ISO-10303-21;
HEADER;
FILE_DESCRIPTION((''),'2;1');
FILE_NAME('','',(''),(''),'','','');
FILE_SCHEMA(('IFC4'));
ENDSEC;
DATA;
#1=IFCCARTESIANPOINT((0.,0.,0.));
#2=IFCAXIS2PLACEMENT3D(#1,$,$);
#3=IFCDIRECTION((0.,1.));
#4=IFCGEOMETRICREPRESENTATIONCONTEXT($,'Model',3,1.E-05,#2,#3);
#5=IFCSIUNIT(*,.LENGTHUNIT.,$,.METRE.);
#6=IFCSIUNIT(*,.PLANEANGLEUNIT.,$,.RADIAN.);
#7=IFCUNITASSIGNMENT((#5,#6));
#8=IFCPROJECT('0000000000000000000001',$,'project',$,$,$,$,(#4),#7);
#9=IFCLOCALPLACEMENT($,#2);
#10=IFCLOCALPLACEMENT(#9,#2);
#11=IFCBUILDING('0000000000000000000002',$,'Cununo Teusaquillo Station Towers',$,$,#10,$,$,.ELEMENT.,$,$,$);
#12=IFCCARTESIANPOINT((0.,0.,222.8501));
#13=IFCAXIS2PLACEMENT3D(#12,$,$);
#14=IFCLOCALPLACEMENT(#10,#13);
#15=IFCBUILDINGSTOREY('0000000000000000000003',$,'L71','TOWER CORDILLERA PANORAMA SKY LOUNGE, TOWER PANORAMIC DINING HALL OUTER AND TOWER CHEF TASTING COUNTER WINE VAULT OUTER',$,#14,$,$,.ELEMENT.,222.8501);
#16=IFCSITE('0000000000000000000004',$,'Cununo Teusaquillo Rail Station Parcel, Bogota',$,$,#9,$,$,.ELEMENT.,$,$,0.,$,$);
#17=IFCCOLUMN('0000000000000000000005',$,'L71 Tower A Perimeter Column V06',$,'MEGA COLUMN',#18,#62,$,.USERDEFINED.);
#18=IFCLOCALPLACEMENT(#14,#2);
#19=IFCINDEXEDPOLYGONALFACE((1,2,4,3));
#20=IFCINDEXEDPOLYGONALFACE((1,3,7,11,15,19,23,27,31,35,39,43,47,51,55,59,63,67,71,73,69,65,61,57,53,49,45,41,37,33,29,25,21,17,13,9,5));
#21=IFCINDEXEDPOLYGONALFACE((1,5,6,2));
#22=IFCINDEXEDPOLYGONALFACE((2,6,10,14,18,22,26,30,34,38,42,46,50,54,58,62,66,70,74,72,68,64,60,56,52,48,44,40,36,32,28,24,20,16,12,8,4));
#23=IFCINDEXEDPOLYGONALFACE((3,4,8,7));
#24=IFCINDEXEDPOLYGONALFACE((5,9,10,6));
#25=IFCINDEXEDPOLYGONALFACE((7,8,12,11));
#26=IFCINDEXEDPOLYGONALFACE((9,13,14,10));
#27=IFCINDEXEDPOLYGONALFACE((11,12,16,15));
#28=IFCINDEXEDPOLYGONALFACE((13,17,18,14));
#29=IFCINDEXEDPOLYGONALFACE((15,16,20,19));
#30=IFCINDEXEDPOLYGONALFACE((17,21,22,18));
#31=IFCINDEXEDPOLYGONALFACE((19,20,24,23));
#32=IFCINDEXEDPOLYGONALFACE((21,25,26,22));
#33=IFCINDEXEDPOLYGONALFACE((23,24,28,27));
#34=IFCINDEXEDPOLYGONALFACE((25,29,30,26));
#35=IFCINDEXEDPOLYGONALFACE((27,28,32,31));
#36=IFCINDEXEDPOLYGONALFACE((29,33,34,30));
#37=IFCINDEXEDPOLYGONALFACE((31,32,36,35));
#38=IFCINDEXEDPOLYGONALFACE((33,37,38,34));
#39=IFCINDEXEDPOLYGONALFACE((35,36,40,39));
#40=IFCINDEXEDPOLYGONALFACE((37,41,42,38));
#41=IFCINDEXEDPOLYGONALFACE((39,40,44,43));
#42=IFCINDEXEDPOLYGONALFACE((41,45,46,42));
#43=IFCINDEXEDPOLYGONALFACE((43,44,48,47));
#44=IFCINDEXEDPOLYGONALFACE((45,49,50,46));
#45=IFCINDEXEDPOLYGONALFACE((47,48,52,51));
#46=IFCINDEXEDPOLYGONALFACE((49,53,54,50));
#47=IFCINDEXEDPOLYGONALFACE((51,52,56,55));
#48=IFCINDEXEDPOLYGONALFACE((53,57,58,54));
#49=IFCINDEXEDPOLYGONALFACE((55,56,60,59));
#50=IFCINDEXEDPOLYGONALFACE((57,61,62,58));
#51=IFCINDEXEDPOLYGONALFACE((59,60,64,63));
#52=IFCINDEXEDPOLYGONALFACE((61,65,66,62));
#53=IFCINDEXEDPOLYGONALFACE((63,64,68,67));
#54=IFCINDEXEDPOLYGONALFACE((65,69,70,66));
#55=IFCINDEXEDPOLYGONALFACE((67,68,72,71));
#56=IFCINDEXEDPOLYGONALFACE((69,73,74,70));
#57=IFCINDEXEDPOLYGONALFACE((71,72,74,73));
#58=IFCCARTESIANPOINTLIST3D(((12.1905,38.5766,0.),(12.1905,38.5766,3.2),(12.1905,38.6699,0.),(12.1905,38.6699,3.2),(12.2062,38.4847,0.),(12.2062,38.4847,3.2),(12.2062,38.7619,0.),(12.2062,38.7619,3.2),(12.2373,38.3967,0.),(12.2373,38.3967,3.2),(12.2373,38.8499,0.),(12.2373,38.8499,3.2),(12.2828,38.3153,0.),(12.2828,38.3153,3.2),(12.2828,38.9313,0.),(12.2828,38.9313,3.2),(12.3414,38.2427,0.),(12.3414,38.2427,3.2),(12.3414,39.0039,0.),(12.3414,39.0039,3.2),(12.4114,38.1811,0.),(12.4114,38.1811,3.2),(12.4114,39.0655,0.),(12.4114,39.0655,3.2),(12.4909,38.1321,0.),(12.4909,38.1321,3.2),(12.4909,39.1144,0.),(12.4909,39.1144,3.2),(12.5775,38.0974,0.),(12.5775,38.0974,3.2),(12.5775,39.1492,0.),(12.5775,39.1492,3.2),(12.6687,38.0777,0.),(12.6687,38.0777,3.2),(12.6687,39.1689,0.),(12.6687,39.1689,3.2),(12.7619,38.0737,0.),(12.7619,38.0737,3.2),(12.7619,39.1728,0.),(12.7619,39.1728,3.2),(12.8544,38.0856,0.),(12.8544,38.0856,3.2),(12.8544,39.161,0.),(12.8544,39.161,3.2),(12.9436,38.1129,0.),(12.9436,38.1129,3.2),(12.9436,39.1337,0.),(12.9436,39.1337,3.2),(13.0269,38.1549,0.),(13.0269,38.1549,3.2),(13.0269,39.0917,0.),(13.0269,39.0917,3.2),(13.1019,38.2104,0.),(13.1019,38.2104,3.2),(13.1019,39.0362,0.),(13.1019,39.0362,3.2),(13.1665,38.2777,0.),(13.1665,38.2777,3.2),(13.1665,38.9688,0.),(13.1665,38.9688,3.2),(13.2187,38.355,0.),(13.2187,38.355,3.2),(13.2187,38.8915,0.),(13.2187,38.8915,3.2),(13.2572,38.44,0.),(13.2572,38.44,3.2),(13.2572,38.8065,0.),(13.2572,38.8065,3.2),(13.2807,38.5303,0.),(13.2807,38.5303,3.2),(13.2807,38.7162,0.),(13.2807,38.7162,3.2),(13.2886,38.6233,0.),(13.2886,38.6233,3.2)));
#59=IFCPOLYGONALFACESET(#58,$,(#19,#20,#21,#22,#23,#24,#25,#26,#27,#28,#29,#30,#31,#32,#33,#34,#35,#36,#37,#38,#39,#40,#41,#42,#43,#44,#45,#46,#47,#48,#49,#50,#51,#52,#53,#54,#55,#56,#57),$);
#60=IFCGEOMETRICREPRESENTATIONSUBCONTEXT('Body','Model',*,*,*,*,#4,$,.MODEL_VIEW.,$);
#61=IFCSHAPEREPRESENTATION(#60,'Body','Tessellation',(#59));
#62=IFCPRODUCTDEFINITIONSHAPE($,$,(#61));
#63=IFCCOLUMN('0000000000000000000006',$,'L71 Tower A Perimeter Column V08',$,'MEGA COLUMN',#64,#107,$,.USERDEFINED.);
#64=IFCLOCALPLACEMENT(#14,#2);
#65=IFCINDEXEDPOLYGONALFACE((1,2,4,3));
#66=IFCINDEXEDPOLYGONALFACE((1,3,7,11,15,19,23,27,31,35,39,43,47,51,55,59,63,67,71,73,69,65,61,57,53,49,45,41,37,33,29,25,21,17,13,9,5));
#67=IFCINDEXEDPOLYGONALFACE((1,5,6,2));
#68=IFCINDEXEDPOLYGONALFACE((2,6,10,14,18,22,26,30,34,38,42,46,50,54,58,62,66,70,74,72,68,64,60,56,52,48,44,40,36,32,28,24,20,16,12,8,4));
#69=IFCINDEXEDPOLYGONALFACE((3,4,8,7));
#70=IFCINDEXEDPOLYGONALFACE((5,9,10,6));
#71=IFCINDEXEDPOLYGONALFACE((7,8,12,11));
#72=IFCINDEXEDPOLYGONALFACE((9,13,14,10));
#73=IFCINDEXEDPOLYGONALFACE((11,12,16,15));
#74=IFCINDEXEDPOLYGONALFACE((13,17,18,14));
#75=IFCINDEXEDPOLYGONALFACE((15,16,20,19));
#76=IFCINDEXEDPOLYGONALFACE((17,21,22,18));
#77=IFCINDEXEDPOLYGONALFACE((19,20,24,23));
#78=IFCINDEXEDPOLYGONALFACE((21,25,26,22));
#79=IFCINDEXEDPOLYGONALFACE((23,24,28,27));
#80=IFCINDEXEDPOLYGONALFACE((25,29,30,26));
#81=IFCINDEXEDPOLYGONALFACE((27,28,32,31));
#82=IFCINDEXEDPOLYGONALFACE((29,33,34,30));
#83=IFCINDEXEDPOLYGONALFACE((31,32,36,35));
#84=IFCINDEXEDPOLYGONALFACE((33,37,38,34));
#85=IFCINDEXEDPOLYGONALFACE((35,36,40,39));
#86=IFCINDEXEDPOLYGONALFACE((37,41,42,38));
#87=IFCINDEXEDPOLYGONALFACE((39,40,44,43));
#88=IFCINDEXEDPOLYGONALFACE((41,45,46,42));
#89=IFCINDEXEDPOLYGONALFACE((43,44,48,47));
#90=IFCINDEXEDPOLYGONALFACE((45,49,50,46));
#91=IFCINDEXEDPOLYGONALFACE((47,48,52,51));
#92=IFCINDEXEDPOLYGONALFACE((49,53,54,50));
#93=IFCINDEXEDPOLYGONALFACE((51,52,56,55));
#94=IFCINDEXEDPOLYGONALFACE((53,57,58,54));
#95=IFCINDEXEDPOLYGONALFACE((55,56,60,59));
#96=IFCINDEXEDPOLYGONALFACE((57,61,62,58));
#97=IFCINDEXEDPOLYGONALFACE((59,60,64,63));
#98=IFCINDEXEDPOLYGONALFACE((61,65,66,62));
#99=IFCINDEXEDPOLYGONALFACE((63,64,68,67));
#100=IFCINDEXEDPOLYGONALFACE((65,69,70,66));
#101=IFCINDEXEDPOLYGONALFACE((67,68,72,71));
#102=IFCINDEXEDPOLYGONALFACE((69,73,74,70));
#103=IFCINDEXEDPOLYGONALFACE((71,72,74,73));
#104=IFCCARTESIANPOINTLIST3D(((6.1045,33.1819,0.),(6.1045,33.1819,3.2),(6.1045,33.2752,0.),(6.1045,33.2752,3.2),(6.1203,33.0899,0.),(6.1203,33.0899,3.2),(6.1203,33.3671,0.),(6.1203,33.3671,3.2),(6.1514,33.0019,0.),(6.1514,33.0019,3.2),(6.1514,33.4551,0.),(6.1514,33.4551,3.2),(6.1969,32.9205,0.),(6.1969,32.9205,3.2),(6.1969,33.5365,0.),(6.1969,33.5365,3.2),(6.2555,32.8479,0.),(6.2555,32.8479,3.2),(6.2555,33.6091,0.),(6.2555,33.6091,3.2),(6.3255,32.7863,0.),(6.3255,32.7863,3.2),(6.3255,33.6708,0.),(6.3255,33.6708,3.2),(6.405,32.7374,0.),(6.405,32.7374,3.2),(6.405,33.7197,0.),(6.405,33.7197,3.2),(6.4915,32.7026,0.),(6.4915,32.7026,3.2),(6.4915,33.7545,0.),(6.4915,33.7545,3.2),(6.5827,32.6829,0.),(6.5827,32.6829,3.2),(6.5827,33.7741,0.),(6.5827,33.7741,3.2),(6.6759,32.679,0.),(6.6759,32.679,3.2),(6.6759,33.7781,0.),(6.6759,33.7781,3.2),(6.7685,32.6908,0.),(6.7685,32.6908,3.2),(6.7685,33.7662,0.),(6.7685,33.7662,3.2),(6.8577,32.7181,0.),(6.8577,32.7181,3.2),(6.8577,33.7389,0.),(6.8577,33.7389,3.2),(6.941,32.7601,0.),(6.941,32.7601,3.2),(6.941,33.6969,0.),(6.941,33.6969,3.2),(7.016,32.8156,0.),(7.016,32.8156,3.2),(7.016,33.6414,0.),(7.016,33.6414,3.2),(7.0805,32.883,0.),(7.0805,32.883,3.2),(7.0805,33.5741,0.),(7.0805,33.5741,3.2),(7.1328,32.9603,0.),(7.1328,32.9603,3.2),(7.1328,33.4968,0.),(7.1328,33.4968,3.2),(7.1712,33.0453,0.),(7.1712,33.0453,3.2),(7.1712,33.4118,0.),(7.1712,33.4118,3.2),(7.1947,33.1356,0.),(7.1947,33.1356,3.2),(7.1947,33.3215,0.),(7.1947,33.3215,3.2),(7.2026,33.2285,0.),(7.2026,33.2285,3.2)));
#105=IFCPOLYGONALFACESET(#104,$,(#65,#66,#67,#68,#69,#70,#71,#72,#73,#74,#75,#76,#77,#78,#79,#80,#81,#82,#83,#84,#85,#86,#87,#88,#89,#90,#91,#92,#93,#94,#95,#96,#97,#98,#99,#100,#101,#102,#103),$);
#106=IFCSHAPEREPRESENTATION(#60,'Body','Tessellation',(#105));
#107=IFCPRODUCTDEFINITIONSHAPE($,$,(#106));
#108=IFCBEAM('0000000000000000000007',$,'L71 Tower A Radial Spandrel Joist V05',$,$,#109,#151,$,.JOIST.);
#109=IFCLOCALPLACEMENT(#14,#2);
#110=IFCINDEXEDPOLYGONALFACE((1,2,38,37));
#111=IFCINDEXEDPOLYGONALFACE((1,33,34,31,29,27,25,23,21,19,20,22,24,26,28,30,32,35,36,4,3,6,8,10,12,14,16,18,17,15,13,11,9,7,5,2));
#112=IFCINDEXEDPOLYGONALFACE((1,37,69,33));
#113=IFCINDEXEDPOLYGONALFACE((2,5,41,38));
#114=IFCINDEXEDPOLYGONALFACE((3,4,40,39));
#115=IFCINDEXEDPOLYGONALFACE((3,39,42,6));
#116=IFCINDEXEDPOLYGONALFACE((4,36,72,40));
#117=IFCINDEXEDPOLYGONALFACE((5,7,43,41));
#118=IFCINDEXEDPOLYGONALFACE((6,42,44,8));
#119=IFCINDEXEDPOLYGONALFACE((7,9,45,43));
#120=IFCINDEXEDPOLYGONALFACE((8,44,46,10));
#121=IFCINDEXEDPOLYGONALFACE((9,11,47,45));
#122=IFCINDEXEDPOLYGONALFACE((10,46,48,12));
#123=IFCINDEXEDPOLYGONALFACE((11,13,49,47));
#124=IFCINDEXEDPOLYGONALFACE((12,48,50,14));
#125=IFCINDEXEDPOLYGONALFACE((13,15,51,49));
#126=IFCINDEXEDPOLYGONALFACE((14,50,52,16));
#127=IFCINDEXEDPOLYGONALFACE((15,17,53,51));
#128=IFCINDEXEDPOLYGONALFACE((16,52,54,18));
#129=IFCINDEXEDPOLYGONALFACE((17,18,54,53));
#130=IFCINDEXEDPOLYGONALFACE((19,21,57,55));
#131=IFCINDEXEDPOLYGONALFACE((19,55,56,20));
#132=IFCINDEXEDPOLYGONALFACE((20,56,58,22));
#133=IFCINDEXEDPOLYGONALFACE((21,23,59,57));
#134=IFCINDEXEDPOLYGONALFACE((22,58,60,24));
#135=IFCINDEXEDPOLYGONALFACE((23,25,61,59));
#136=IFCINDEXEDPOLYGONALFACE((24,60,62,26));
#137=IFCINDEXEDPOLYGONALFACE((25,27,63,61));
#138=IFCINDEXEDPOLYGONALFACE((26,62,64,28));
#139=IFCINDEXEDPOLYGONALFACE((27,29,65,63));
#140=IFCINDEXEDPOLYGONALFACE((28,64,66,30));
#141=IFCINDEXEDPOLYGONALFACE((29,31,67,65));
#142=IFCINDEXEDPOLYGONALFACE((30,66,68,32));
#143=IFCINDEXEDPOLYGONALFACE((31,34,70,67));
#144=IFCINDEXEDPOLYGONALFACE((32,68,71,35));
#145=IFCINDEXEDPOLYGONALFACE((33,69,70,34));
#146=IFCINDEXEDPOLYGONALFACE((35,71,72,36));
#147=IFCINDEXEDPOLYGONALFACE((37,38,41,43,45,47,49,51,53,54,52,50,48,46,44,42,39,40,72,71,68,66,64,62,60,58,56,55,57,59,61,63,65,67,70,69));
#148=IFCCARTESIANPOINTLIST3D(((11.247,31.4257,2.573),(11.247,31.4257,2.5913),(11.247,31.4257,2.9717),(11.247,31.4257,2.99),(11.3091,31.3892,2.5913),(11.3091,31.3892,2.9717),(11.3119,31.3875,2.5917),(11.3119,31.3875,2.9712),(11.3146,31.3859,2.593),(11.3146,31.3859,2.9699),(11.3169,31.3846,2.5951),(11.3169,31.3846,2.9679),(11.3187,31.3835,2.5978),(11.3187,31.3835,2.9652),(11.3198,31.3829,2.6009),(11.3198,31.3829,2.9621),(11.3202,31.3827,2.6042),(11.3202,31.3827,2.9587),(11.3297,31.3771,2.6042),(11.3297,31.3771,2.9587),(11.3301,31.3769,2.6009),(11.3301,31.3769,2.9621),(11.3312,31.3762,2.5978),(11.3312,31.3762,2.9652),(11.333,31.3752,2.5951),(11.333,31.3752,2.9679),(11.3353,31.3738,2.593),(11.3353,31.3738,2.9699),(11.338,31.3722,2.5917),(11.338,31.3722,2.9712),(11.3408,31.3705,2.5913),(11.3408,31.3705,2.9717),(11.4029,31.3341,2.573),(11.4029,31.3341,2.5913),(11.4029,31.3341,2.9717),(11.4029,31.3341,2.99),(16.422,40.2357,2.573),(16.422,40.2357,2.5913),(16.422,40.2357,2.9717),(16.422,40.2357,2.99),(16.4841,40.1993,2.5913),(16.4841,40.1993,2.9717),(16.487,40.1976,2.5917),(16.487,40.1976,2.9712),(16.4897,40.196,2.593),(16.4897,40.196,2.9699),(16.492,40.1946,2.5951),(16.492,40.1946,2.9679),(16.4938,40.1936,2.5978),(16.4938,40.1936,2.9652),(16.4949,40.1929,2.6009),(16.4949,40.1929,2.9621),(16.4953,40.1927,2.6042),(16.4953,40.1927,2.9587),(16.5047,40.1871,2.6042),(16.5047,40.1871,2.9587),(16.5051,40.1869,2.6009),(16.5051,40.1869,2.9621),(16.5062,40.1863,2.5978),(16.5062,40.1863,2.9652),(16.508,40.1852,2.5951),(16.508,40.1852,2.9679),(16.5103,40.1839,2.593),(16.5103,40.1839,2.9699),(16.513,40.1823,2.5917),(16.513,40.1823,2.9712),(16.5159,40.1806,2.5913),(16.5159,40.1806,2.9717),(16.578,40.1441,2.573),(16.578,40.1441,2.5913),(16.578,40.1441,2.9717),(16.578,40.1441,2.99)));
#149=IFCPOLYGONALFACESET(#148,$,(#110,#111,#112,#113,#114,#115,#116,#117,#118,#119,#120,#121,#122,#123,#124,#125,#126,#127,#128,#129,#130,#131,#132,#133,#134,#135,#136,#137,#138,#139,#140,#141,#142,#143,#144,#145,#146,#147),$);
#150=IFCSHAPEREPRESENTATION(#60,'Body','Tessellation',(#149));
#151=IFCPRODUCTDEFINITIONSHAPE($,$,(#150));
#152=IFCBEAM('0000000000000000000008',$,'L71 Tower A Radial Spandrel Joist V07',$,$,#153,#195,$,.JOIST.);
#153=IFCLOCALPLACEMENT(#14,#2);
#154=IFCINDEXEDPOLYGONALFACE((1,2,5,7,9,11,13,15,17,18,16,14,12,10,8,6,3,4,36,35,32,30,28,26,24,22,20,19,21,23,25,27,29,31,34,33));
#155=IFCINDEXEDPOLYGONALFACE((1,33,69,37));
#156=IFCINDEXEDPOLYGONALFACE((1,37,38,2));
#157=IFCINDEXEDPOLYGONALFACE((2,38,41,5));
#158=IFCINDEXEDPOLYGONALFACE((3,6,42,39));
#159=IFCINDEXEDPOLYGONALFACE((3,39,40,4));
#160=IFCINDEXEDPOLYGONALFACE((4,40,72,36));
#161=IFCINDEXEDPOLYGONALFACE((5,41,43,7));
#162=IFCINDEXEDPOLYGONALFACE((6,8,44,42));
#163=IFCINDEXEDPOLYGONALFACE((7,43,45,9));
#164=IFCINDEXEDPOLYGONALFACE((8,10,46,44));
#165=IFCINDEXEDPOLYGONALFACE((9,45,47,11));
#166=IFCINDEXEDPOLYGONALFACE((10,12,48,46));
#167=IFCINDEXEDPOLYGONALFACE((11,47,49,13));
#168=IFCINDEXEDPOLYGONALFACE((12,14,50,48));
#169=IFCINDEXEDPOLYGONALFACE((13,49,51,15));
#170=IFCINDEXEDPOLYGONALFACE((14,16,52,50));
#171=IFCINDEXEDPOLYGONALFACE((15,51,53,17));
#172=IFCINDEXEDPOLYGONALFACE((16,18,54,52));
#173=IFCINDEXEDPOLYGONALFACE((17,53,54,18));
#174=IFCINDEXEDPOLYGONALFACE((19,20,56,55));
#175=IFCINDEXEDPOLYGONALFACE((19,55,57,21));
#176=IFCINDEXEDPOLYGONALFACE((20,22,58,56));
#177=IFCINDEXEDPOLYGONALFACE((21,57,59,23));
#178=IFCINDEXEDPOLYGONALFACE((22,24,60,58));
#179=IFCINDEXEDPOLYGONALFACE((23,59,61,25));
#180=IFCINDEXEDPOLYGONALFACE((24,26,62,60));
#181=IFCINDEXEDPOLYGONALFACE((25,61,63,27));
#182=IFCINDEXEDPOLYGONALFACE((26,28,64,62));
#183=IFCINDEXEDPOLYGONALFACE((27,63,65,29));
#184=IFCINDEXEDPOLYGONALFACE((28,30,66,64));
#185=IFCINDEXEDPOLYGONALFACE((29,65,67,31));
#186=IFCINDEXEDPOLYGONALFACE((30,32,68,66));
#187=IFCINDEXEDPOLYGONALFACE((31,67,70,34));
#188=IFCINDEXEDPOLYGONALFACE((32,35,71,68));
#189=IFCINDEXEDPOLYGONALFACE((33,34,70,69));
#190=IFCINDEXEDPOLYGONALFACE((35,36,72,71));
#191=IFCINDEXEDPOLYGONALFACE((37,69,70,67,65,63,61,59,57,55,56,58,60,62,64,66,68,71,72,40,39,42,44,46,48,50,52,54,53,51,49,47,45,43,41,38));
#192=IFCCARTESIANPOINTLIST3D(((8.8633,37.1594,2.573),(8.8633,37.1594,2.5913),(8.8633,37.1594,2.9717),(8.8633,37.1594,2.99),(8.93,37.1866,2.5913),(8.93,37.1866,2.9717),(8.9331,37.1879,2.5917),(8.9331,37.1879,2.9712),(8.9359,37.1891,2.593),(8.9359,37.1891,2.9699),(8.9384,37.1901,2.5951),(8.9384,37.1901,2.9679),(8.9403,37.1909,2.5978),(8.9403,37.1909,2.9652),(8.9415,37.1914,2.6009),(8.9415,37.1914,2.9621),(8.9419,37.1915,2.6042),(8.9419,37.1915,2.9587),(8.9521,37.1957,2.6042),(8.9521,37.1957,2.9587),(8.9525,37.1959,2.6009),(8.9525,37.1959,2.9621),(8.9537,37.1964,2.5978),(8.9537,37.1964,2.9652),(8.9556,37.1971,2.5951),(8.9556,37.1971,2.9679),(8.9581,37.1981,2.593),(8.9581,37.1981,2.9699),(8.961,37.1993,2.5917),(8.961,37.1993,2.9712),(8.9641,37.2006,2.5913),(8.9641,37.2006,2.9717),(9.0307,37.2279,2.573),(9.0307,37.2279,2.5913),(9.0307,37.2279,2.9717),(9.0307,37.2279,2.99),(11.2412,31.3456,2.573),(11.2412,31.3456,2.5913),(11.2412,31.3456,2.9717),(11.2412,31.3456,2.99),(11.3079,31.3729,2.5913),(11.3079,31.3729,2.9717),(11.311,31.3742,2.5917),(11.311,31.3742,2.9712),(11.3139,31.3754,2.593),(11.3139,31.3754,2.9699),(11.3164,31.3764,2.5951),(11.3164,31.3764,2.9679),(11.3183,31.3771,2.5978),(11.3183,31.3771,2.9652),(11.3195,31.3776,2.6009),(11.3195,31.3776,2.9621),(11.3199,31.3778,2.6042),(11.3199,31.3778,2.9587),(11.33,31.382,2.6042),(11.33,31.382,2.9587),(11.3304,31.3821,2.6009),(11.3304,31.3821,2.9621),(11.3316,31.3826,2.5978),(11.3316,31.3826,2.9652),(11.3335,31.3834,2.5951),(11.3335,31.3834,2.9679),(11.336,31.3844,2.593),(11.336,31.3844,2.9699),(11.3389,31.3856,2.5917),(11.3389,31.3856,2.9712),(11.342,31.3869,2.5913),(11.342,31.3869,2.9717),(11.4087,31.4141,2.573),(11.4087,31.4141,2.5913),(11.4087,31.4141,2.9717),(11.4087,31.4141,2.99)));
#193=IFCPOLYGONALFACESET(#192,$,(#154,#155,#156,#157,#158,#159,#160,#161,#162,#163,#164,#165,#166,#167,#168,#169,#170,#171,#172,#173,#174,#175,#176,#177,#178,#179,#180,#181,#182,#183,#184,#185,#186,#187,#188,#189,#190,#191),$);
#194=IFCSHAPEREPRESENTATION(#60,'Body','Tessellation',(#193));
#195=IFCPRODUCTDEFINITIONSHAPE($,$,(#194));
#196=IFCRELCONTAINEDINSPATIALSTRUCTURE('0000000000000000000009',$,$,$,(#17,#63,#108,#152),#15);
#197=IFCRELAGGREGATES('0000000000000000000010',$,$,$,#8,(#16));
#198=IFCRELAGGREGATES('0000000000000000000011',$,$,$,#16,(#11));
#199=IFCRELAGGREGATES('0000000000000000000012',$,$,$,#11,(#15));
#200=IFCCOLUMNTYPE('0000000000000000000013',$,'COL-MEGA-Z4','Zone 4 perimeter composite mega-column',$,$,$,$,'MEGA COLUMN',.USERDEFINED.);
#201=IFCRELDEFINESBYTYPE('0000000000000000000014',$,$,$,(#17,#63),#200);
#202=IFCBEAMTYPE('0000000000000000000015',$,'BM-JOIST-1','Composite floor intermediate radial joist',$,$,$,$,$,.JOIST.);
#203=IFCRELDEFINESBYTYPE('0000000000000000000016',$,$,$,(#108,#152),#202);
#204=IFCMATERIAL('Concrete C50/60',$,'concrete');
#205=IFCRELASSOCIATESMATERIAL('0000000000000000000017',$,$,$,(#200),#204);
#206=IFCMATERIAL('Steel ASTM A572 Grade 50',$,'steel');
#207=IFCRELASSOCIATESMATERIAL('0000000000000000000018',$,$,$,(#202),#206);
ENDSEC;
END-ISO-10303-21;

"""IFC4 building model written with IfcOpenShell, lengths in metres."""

from ifc_helpers import new_model, si_unit, direction, frame, origin, origin_2d, place, context, subcontext, project, spatial, circle, i_section, extrude, material, material_profile, profile_set, type_object, element, save


model = new_model("IFC4")

# Units and contexts
model_context = context("Model", 3, precision=1e-05, world=origin(), true_north=direction((0.0, 1.0)))
body_context = subcontext(model_context, "Body", "Model", "MODEL_VIEW")
ifc_project = project(units=[si_unit("LENGTHUNIT", "METRE"), si_unit("PLANEANGLEUNIT", "RADIAN")], contexts=[model_context])

# Site, building, storey
site_placement = place(None, origin())
site = spatial("IfcSite", under=ifc_project, at=site_placement, Name="Cununo Teusaquillo Rail Station Parcel, Bogota", CompositionType="ELEMENT", RefElevation=0.0)
building_placement = place(site_placement, origin())
building = spatial("IfcBuilding", under=site, at=building_placement, Name="Cununo Teusaquillo Station Towers", CompositionType="ELEMENT")
storey_placement = place(building_placement, frame((0.0, 0.0, 222.8501)))
storey = spatial("IfcBuildingStorey", under=building, at=storey_placement, Name="L71", Description="TOWER CORDILLERA PANORAMA SKY LOUNGE, TOWER PANORAMIC DINING HALL OUTER AND TOWER CHEF TASTING COUNTER WINE VAULT OUTER", CompositionType="ELEMENT", Elevation=222.8501)

# Columns
ifc_material_1 = material(Name="Concrete C50/60", Category="concrete")
ifc_material_profile_1 = material_profile(ifc_material_1, circle(Radius=0.55, at=origin_2d()), Name="RC-CIRC-1100")
ifc_profile_set_1 = profile_set([ifc_material_profile_1], Name="Concrete C50/60")
column_type = type_object("IfcColumnType", Name="COL-MEGA-Z4", Description="Zone 4 perimeter composite mega-column", ElementType="MEGA COLUMN", PredefinedType="USERDEFINED", material=ifc_profile_set_1)
for number, where, z_axis, x_axis, name in (
    (1, (12.7385, 38.6233, 0.0), (0.0, 0.0, 1.0), (1.0, 0.0, 0.0), "L71 Tower A Perimeter Column V06"),
    (2, (6.6526, 33.2285, 0.0), (0.0, 0.0, 1.0), (1.0, 0.0, 0.0), "L71 Tower A Perimeter Column V08"),
):
    element("IfcColumn", number, at=place(storey_placement, frame(where, z_axis=z_axis, x_axis=x_axis)), inside=storey, type_object=column_type, Name=name, ObjectType="MEGA COLUMN", PredefinedType="USERDEFINED", context=body_context, shape_type="SweptSolid", body=[
        extrude(circle(Radius=0.55, at=origin_2d()), origin(), (0.0, 0.0, 1.0), 3.2),
    ])

# Beams
ifc_material_2 = material(Name="Steel ASTM A572 Grade 50", Category="steel")
ifc_material_profile_2 = material_profile(ifc_material_2, i_section(OverallWidth=0.1809, OverallDepth=0.417, WebThickness=0.011, FlangeThickness=0.0183, FilletRadius=0.0129, at=origin_2d()), Name="W16X57")
ifc_profile_set_2 = profile_set([ifc_material_profile_2], Name="Steel ASTM A572 Grade 50")
beam_type_1 = type_object("IfcBeamType", Name="BM-JOIST-1", Description="Composite floor intermediate radial joist", PredefinedType="JOIST", material=ifc_profile_set_2)
beam_1_placement = place(storey_placement, frame((11.325, 31.3799, 2.7815), z_axis=(0.506486, 0.862248, 0.0), x_axis=(-0.862248, 0.506486, 0.0)))
element("IfcBeam", 3, at=beam_1_placement, inside=storey, type_object=beam_type_1, Name="L71 Tower A Radial Spandrel Joist V05", PredefinedType="JOIST", context=body_context, shape_type="SweptSolid", body=[
    extrude(i_section(OverallWidth=0.1809, OverallDepth=0.417, WebThickness=0.011, FlangeThickness=0.0183, FilletRadius=0.0129, at=origin_2d()), origin(), (0.0, 0.0, 1.0), 10.2175),
])
beam_2_placement = place(storey_placement, frame((11.325, 31.3799, 2.7815), z_axis=(-0.378577, 0.92557, 0.0), x_axis=(-0.92557, -0.378577, 0.0)))
element("IfcBeam", 4, at=beam_2_placement, inside=storey, type_object=beam_type_1, Name="L71 Tower A Radial Spandrel Joist V07", PredefinedType="JOIST", context=body_context, shape_type="SweptSolid", body=[
    extrude(i_section(OverallWidth=0.1809, OverallDepth=0.417, WebThickness=0.011, FlangeThickness=0.0183, FilletRadius=0.0129, at=origin_2d()), origin(), (0.0, 0.0, 1.0), 6.2812),
])

save(model, "model.ifc")
